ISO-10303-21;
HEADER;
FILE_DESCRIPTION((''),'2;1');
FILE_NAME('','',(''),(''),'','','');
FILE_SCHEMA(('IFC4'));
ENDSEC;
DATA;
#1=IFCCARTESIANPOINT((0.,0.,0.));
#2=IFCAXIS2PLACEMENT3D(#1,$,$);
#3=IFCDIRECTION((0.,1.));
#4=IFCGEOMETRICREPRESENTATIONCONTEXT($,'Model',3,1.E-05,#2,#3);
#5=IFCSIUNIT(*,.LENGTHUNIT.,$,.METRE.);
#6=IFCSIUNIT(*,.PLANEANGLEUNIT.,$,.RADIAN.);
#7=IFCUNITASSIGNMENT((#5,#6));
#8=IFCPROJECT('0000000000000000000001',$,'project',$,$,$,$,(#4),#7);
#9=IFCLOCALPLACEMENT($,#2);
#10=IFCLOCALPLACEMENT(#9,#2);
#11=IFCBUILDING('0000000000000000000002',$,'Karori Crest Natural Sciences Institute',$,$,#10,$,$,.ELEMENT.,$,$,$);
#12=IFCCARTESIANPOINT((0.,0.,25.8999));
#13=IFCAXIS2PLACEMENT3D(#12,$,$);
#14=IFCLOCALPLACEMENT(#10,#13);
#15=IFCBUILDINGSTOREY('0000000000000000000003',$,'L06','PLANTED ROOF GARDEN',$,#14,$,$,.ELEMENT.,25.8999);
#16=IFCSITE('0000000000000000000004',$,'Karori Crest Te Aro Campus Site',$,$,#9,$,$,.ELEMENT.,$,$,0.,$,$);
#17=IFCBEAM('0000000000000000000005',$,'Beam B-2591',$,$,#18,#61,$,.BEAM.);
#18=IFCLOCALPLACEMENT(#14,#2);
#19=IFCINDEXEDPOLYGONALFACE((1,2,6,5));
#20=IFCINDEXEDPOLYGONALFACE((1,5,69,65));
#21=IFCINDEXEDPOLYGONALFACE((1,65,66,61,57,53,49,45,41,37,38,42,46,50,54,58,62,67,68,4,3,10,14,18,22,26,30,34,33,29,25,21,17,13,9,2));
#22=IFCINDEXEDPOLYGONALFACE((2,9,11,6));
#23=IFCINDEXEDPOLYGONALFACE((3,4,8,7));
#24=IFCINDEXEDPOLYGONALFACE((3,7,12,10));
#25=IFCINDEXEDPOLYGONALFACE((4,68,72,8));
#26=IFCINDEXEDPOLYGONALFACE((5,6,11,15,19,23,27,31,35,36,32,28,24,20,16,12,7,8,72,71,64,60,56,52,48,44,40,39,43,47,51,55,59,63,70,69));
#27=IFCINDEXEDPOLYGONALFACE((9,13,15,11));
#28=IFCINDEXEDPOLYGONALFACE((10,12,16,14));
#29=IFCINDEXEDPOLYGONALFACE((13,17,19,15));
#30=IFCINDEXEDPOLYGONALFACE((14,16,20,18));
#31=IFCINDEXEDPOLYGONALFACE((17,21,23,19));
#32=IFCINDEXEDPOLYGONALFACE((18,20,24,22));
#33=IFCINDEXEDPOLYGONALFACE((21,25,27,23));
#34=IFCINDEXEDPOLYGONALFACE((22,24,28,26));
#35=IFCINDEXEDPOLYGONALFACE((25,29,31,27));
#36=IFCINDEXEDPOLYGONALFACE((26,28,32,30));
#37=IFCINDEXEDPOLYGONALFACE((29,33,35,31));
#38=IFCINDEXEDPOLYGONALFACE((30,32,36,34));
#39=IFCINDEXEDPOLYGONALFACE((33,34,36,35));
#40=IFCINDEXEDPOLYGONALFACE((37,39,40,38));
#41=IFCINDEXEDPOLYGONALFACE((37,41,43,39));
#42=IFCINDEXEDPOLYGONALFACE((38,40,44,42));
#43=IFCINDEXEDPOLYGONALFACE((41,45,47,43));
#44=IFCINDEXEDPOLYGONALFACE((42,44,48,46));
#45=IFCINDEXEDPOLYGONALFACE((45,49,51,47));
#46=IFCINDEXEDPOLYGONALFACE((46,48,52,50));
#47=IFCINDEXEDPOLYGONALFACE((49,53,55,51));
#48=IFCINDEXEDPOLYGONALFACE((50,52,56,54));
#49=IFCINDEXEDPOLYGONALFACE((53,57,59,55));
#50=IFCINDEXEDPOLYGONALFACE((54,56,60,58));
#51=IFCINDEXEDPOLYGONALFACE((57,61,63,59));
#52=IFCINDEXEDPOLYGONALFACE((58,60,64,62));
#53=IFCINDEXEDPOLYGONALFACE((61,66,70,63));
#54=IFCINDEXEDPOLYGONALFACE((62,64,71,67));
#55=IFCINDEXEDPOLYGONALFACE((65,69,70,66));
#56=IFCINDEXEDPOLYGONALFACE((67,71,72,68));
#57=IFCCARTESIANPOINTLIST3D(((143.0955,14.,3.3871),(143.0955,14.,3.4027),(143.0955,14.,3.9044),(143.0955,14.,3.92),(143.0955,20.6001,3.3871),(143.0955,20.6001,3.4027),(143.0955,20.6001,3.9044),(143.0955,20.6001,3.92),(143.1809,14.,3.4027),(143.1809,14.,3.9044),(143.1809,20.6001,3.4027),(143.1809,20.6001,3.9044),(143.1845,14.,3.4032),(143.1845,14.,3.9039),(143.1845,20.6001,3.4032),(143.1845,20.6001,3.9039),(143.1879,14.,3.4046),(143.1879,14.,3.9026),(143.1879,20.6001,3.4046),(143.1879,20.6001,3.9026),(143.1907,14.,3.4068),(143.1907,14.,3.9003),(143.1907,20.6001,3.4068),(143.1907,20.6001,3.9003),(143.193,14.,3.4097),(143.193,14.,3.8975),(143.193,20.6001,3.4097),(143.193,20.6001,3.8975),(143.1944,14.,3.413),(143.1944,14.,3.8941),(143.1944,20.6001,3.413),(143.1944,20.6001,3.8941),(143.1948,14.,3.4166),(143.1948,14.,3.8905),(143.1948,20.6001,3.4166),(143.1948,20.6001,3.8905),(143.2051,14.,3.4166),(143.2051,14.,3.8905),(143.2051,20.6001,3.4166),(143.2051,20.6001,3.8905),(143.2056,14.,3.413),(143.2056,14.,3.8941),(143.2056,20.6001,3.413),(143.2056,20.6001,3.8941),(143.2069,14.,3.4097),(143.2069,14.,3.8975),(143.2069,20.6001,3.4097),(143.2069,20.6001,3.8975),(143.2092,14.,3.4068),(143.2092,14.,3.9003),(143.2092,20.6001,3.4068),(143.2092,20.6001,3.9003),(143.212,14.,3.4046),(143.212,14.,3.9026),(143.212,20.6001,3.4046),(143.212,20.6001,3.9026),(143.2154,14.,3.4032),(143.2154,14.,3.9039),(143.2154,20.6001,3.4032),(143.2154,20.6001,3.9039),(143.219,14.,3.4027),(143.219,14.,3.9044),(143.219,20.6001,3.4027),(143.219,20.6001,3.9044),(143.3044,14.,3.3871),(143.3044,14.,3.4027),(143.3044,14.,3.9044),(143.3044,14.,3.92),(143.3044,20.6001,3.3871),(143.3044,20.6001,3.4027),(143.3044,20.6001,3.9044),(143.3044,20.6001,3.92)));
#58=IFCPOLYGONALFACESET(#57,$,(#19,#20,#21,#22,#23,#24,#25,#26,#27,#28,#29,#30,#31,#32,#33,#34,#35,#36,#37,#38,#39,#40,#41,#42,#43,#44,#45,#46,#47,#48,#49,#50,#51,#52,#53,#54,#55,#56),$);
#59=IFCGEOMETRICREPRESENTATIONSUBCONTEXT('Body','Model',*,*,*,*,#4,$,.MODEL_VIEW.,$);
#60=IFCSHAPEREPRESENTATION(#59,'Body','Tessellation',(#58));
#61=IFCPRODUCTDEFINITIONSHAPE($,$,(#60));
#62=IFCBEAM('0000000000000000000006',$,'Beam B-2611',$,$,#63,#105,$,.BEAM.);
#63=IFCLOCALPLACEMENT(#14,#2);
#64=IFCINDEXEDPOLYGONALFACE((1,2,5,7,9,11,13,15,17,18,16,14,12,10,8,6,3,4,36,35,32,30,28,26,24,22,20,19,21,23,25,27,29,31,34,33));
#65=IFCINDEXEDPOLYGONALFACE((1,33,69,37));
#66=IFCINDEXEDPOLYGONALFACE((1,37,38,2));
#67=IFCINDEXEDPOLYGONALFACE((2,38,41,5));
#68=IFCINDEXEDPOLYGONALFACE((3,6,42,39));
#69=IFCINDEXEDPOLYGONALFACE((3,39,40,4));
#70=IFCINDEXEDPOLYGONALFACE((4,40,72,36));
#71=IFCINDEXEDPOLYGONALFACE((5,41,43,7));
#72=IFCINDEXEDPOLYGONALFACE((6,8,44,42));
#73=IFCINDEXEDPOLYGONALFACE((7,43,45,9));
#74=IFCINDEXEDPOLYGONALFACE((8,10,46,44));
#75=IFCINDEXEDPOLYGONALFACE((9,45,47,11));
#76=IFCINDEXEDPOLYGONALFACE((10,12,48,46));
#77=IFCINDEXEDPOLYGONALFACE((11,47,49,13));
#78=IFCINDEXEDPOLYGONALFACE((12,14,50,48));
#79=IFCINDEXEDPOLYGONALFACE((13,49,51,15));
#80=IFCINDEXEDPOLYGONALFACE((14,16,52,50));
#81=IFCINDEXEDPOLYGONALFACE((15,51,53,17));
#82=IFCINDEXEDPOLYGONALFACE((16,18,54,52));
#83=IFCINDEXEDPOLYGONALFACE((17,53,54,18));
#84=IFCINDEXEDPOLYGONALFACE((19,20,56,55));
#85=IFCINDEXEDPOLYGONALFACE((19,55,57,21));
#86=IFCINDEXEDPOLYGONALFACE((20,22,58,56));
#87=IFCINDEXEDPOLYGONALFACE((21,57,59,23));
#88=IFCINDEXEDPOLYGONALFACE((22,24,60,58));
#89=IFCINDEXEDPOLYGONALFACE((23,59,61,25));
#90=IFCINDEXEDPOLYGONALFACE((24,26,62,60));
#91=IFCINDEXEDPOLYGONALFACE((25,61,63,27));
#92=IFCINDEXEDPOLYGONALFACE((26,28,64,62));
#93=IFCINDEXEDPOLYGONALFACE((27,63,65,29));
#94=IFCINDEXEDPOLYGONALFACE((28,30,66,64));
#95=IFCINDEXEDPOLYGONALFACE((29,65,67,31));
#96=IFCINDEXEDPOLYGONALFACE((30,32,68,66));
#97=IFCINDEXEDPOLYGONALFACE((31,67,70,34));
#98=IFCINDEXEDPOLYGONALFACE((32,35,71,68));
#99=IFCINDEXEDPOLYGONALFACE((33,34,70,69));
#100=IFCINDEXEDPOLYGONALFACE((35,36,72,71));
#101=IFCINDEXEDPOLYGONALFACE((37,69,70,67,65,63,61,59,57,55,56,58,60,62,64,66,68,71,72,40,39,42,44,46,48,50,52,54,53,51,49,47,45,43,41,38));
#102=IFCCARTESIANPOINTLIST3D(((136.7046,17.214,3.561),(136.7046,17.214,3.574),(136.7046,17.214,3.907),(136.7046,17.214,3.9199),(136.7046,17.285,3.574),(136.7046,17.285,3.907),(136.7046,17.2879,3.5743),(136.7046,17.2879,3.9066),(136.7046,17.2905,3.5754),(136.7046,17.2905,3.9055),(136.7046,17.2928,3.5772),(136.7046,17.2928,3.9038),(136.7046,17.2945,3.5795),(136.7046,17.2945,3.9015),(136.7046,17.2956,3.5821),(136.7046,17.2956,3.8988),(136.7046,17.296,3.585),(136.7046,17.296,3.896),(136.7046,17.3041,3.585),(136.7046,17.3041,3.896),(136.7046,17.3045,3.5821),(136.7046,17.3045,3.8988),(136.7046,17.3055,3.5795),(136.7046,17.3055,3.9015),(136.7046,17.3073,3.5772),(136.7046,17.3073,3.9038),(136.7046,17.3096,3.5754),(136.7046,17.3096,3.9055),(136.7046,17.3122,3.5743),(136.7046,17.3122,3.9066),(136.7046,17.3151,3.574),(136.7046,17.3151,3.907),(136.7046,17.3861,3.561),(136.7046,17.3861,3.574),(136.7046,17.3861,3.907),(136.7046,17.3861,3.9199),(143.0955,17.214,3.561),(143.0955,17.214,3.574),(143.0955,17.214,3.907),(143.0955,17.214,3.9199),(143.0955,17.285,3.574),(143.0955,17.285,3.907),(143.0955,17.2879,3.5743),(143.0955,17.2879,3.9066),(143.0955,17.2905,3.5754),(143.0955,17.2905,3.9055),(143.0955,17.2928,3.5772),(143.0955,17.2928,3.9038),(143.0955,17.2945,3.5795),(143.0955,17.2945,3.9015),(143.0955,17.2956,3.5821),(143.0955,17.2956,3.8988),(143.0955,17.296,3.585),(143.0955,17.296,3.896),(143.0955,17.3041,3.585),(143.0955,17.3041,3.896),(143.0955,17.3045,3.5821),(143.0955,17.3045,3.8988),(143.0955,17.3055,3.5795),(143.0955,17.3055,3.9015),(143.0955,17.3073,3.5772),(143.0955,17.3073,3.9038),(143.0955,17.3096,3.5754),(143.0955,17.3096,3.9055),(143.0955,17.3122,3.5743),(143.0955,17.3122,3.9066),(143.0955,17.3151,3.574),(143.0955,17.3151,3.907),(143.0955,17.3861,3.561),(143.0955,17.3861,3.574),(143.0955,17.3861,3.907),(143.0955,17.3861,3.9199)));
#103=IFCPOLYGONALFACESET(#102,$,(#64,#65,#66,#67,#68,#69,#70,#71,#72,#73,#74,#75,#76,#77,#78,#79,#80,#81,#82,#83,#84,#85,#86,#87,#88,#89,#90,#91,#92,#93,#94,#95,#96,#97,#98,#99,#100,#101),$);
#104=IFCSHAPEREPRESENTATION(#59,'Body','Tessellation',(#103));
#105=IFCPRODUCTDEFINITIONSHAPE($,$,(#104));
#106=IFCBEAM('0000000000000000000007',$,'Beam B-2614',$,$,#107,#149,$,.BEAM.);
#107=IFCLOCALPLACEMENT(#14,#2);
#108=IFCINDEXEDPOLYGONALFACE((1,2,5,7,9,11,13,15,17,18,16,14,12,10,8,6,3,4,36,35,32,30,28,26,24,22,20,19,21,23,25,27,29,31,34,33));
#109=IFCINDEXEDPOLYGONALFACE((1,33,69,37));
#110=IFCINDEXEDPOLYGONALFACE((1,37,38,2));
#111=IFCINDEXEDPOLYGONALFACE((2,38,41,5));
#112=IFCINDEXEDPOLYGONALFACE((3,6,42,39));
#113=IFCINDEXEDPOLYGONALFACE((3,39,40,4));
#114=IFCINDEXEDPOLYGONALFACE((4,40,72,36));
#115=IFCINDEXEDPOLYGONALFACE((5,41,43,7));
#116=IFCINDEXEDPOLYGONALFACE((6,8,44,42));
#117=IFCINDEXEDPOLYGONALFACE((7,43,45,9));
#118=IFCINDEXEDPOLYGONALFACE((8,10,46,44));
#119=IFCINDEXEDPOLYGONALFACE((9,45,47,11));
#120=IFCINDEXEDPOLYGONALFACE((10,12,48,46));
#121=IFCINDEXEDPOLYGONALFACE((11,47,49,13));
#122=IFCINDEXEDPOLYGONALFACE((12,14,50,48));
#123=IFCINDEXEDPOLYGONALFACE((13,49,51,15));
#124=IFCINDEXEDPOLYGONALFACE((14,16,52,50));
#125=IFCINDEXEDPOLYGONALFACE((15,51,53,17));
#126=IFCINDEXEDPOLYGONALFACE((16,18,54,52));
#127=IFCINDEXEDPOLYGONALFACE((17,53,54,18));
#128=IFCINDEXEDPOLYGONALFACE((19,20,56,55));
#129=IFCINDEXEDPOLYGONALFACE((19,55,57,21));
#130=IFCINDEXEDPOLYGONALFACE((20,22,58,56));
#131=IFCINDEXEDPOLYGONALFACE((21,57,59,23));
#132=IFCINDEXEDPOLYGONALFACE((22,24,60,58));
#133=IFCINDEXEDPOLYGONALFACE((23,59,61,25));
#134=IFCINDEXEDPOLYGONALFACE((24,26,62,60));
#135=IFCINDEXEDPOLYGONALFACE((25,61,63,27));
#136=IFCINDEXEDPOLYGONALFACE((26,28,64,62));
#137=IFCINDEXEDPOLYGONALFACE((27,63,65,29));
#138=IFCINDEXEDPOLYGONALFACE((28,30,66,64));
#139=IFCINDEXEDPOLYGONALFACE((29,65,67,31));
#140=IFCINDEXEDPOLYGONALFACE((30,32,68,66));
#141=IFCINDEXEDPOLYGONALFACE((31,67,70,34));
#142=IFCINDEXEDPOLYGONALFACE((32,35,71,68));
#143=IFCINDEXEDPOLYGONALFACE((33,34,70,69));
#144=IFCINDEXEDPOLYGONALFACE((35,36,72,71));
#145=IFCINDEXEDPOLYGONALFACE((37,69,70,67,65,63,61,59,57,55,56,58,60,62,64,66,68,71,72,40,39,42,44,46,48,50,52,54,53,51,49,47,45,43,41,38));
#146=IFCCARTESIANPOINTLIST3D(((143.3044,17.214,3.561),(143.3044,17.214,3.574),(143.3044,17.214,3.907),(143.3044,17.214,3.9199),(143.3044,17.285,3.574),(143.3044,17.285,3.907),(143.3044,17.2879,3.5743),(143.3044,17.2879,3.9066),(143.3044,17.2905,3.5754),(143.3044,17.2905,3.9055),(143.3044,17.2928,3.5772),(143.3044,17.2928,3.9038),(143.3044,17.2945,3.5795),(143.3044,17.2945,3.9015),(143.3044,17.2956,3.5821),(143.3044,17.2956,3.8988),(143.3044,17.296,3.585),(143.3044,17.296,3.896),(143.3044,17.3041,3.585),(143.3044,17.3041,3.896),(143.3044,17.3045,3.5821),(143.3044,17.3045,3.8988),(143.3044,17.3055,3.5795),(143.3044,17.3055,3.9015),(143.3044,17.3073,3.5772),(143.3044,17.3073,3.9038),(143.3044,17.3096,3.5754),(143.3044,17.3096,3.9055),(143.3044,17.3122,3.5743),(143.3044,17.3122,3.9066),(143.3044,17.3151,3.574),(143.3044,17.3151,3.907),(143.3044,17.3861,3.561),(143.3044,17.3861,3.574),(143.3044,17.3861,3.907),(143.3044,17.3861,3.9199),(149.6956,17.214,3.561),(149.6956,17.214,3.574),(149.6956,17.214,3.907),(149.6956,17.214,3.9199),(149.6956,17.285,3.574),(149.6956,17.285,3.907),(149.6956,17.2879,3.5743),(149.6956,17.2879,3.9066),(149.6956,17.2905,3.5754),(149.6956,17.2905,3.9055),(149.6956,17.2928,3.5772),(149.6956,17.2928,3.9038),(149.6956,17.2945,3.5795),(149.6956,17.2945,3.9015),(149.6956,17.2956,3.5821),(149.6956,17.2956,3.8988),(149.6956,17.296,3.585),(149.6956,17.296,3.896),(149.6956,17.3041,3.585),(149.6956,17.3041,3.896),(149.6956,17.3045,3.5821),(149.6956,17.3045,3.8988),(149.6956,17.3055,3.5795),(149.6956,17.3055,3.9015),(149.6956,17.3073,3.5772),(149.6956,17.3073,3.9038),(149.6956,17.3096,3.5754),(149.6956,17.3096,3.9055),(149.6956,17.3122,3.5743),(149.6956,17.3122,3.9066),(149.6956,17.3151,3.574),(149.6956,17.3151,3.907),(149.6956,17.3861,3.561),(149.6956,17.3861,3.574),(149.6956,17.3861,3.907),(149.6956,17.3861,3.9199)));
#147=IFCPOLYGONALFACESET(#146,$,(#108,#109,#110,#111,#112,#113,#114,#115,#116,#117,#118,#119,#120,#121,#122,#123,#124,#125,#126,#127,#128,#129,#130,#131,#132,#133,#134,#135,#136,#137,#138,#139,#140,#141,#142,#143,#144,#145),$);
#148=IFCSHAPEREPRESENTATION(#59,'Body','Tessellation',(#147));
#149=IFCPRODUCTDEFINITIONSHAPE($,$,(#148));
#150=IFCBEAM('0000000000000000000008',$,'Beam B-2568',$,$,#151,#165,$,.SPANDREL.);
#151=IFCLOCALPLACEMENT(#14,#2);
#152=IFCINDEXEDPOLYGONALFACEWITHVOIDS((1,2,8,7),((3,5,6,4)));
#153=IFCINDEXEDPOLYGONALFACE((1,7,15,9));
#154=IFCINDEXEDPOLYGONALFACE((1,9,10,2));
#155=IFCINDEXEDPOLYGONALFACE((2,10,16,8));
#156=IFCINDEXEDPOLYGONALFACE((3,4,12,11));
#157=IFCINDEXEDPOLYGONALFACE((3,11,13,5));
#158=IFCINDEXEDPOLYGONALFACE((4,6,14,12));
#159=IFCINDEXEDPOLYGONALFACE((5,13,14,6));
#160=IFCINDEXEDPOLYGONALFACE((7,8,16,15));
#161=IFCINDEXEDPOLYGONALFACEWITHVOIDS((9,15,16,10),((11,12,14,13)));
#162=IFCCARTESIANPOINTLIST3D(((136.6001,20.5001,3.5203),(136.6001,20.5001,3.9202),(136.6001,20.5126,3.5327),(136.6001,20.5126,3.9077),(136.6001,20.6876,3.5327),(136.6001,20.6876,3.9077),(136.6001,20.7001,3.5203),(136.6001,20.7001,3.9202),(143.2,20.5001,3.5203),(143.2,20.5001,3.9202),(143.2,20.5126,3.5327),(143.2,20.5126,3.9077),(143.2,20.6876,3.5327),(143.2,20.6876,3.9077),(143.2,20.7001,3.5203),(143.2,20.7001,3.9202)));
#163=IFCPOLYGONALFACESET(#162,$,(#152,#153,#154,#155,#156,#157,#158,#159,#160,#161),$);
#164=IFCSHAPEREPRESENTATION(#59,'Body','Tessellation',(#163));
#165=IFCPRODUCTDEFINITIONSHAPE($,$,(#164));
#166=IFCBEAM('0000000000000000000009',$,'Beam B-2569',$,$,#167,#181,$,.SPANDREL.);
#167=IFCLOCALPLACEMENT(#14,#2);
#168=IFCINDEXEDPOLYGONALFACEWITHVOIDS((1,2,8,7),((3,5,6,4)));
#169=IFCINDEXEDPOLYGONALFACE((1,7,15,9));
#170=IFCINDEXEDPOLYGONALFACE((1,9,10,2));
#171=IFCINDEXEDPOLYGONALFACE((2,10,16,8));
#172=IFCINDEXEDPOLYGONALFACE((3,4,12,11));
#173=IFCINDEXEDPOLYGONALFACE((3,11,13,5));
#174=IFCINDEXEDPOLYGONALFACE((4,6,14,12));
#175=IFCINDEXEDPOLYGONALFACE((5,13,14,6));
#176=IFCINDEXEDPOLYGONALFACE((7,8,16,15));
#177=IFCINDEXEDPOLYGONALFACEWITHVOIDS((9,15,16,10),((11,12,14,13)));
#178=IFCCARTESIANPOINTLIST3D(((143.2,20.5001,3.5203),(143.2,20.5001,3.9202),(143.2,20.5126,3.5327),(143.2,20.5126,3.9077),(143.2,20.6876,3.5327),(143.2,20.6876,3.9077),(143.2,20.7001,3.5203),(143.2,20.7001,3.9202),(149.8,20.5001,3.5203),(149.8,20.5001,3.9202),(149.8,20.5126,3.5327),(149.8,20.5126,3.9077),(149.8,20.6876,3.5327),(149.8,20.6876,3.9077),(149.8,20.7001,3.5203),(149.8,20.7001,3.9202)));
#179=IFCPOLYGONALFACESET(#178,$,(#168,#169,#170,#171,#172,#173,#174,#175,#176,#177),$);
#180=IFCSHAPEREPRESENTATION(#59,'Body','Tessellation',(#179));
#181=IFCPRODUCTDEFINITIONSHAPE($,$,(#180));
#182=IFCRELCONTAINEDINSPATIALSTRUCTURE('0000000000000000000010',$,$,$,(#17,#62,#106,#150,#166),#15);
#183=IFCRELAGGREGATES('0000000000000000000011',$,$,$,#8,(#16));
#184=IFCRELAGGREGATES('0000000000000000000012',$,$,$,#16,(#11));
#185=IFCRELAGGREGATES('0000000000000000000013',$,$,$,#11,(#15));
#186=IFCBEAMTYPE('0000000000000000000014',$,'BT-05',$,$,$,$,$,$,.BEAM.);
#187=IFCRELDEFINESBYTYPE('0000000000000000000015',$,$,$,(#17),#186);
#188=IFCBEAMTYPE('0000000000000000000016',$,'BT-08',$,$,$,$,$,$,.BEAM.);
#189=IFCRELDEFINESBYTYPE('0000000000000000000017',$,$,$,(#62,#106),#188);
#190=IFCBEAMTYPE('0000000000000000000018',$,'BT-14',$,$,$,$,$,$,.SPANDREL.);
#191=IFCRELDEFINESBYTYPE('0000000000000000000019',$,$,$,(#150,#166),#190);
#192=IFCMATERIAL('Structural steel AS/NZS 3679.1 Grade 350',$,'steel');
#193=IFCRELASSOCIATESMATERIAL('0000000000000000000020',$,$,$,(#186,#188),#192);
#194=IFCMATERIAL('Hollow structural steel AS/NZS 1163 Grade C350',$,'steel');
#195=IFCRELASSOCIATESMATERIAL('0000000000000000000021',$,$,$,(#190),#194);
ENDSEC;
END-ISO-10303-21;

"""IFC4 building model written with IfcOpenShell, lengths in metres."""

from ifc_helpers import new_model, si_unit, direction, frame, origin, origin_2d, place, context, subcontext, project, spatial, hollow_rectangle, i_section, extrude, material, material_profile, profile_set, type_object, element, save


model = new_model("IFC4")

# Units and contexts
model_context = context("Model", 3, precision=1e-05, world=origin(), true_north=direction((0.0, 1.0)))
body_context = subcontext(model_context, "Body", "Model", "MODEL_VIEW")
ifc_project = project(units=[si_unit("LENGTHUNIT", "METRE"), si_unit("PLANEANGLEUNIT", "RADIAN")], contexts=[model_context])

# Site, building, storey
site_placement = place(None, origin())
site = spatial("IfcSite", under=ifc_project, at=site_placement, Name="Karori Crest Te Aro Campus Site", CompositionType="ELEMENT", RefElevation=0.0)
building_placement = place(site_placement, origin())
building = spatial("IfcBuilding", under=site, at=building_placement, Name="Karori Crest Natural Sciences Institute", CompositionType="ELEMENT")
storey_placement = place(building_placement, frame((0.0, 0.0, 25.8999)))
storey = spatial("IfcBuildingStorey", under=building, at=storey_placement, Name="L06", Description="PLANTED ROOF GARDEN", CompositionType="ELEMENT", Elevation=25.8999)

# Shared definitions
ifc_material_1 = material(Name="Structural steel AS/NZS 3679.1 Grade 350", Category="steel")

# Beams
ifc_material_profile_1 = material_profile(ifc_material_1, i_section(OverallWidth=0.209, OverallDepth=0.533, WebThickness=0.0103, FlangeThickness=0.0156, FilletRadius=0.0139, at=origin_2d()), Name="530UB92.4")
ifc_profile_set_1 = profile_set([ifc_material_profile_1], Name="Structural steel AS/NZS 3679.1 Grade 350")
beam_type_1 = type_object("IfcBeamType", Name="BT-05", PredefinedType="BEAM", material=ifc_profile_set_1)
beam_1_placement = place(storey_placement, frame((143.2, 14.0, 3.6536), z_axis=(0.0, 1.0, 0.0), x_axis=(-1.0, 0.0, 0.0)))
element("IfcBeam", 1, at=beam_1_placement, inside=storey, type_object=beam_type_1, Name="Beam B-2591", PredefinedType="BEAM", context=body_context, shape_type="SweptSolid", body=[
    extrude(i_section(OverallWidth=0.209, OverallDepth=0.533, WebThickness=0.0103, FlangeThickness=0.0156, FilletRadius=0.0139, at=origin_2d()), origin(), (0.0, 0.0, 1.0), 6.6001),
])
ifc_material_profile_2 = material_profile(ifc_material_1, i_section(OverallWidth=0.1721, OverallDepth=0.3589, WebThickness=0.0081, FlangeThickness=0.0129, FilletRadius=0.011, at=origin_2d()), Name="360UB56.7")
ifc_profile_set_2 = profile_set([ifc_material_profile_2], Name="Structural steel AS/NZS 3679.1 Grade 350")
beam_type_2 = type_object("IfcBeamType", Name="BT-08", PredefinedType="BEAM", material=ifc_profile_set_2)
beam_2_placement = place(storey_placement, frame((136.7046, 17.3, 3.7405), z_axis=(1.0, 0.0, 0.0), x_axis=(0.0, 1.0, 0.0)))
element("IfcBeam", 2, at=beam_2_placement, inside=storey, type_object=beam_type_2, Name="Beam B-2611", PredefinedType="BEAM", context=body_context, shape_type="SweptSolid", body=[
    extrude(i_section(OverallWidth=0.1721, OverallDepth=0.3589, WebThickness=0.0081, FlangeThickness=0.0129, FilletRadius=0.011, at=origin_2d()), origin(), (0.0, 0.0, 1.0), 6.3909),
])
beam_3_placement = place(storey_placement, frame((143.3044, 17.3, 3.7405), z_axis=(1.0, 0.0, 0.0), x_axis=(0.0, 1.0, 0.0)))
element("IfcBeam", 3, at=beam_3_placement, inside=storey, type_object=beam_type_2, Name="Beam B-2614", PredefinedType="BEAM", context=body_context, shape_type="SweptSolid", body=[
    extrude(i_section(OverallWidth=0.1721, OverallDepth=0.3589, WebThickness=0.0081, FlangeThickness=0.0129, FilletRadius=0.011, at=origin_2d()), origin(), (0.0, 0.0, 1.0), 6.3911),
])
ifc_material_2 = material(Name="Hollow structural steel AS/NZS 1163 Grade C350", Category="steel")
ifc_material_profile_3 = material_profile(ifc_material_2, hollow_rectangle(XDim=0.2, YDim=0.3999, WallThickness=0.0125, at=origin_2d()), Name="RHS400x200x12.5")
ifc_profile_set_3 = profile_set([ifc_material_profile_3], Name="Hollow structural steel AS/NZS 1163 Grade C350")
beam_type_3 = type_object("IfcBeamType", Name="BT-14", PredefinedType="SPANDREL", material=ifc_profile_set_3)
beam_4_placement = place(storey_placement, frame((136.6001, 20.6001, 3.7202), z_axis=(1.0, 0.0, 0.0), x_axis=(0.0, 1.0, 0.0)))
element("IfcBeam", 4, at=beam_4_placement, inside=storey, type_object=beam_type_3, Name="Beam B-2568", PredefinedType="SPANDREL", context=body_context, shape_type="SweptSolid", body=[
    extrude(hollow_rectangle(XDim=0.2, YDim=0.3999, WallThickness=0.0125, at=origin_2d()), origin(), (0.0, 0.0, 1.0), 6.5999),
])
beam_5_placement = place(storey_placement, frame((143.2, 20.6001, 3.7202), z_axis=(1.0, 0.0, 0.0), x_axis=(0.0, 1.0, 0.0)))
element("IfcBeam", 5, at=beam_5_placement, inside=storey, type_object=beam_type_3, Name="Beam B-2569", PredefinedType="SPANDREL", context=body_context, shape_type="SweptSolid", body=[
    extrude(hollow_rectangle(XDim=0.2, YDim=0.3999, WallThickness=0.0125, at=origin_2d()), origin(), (0.0, 0.0, 1.0), 6.6001),
])

save(model, "model.ifc")
